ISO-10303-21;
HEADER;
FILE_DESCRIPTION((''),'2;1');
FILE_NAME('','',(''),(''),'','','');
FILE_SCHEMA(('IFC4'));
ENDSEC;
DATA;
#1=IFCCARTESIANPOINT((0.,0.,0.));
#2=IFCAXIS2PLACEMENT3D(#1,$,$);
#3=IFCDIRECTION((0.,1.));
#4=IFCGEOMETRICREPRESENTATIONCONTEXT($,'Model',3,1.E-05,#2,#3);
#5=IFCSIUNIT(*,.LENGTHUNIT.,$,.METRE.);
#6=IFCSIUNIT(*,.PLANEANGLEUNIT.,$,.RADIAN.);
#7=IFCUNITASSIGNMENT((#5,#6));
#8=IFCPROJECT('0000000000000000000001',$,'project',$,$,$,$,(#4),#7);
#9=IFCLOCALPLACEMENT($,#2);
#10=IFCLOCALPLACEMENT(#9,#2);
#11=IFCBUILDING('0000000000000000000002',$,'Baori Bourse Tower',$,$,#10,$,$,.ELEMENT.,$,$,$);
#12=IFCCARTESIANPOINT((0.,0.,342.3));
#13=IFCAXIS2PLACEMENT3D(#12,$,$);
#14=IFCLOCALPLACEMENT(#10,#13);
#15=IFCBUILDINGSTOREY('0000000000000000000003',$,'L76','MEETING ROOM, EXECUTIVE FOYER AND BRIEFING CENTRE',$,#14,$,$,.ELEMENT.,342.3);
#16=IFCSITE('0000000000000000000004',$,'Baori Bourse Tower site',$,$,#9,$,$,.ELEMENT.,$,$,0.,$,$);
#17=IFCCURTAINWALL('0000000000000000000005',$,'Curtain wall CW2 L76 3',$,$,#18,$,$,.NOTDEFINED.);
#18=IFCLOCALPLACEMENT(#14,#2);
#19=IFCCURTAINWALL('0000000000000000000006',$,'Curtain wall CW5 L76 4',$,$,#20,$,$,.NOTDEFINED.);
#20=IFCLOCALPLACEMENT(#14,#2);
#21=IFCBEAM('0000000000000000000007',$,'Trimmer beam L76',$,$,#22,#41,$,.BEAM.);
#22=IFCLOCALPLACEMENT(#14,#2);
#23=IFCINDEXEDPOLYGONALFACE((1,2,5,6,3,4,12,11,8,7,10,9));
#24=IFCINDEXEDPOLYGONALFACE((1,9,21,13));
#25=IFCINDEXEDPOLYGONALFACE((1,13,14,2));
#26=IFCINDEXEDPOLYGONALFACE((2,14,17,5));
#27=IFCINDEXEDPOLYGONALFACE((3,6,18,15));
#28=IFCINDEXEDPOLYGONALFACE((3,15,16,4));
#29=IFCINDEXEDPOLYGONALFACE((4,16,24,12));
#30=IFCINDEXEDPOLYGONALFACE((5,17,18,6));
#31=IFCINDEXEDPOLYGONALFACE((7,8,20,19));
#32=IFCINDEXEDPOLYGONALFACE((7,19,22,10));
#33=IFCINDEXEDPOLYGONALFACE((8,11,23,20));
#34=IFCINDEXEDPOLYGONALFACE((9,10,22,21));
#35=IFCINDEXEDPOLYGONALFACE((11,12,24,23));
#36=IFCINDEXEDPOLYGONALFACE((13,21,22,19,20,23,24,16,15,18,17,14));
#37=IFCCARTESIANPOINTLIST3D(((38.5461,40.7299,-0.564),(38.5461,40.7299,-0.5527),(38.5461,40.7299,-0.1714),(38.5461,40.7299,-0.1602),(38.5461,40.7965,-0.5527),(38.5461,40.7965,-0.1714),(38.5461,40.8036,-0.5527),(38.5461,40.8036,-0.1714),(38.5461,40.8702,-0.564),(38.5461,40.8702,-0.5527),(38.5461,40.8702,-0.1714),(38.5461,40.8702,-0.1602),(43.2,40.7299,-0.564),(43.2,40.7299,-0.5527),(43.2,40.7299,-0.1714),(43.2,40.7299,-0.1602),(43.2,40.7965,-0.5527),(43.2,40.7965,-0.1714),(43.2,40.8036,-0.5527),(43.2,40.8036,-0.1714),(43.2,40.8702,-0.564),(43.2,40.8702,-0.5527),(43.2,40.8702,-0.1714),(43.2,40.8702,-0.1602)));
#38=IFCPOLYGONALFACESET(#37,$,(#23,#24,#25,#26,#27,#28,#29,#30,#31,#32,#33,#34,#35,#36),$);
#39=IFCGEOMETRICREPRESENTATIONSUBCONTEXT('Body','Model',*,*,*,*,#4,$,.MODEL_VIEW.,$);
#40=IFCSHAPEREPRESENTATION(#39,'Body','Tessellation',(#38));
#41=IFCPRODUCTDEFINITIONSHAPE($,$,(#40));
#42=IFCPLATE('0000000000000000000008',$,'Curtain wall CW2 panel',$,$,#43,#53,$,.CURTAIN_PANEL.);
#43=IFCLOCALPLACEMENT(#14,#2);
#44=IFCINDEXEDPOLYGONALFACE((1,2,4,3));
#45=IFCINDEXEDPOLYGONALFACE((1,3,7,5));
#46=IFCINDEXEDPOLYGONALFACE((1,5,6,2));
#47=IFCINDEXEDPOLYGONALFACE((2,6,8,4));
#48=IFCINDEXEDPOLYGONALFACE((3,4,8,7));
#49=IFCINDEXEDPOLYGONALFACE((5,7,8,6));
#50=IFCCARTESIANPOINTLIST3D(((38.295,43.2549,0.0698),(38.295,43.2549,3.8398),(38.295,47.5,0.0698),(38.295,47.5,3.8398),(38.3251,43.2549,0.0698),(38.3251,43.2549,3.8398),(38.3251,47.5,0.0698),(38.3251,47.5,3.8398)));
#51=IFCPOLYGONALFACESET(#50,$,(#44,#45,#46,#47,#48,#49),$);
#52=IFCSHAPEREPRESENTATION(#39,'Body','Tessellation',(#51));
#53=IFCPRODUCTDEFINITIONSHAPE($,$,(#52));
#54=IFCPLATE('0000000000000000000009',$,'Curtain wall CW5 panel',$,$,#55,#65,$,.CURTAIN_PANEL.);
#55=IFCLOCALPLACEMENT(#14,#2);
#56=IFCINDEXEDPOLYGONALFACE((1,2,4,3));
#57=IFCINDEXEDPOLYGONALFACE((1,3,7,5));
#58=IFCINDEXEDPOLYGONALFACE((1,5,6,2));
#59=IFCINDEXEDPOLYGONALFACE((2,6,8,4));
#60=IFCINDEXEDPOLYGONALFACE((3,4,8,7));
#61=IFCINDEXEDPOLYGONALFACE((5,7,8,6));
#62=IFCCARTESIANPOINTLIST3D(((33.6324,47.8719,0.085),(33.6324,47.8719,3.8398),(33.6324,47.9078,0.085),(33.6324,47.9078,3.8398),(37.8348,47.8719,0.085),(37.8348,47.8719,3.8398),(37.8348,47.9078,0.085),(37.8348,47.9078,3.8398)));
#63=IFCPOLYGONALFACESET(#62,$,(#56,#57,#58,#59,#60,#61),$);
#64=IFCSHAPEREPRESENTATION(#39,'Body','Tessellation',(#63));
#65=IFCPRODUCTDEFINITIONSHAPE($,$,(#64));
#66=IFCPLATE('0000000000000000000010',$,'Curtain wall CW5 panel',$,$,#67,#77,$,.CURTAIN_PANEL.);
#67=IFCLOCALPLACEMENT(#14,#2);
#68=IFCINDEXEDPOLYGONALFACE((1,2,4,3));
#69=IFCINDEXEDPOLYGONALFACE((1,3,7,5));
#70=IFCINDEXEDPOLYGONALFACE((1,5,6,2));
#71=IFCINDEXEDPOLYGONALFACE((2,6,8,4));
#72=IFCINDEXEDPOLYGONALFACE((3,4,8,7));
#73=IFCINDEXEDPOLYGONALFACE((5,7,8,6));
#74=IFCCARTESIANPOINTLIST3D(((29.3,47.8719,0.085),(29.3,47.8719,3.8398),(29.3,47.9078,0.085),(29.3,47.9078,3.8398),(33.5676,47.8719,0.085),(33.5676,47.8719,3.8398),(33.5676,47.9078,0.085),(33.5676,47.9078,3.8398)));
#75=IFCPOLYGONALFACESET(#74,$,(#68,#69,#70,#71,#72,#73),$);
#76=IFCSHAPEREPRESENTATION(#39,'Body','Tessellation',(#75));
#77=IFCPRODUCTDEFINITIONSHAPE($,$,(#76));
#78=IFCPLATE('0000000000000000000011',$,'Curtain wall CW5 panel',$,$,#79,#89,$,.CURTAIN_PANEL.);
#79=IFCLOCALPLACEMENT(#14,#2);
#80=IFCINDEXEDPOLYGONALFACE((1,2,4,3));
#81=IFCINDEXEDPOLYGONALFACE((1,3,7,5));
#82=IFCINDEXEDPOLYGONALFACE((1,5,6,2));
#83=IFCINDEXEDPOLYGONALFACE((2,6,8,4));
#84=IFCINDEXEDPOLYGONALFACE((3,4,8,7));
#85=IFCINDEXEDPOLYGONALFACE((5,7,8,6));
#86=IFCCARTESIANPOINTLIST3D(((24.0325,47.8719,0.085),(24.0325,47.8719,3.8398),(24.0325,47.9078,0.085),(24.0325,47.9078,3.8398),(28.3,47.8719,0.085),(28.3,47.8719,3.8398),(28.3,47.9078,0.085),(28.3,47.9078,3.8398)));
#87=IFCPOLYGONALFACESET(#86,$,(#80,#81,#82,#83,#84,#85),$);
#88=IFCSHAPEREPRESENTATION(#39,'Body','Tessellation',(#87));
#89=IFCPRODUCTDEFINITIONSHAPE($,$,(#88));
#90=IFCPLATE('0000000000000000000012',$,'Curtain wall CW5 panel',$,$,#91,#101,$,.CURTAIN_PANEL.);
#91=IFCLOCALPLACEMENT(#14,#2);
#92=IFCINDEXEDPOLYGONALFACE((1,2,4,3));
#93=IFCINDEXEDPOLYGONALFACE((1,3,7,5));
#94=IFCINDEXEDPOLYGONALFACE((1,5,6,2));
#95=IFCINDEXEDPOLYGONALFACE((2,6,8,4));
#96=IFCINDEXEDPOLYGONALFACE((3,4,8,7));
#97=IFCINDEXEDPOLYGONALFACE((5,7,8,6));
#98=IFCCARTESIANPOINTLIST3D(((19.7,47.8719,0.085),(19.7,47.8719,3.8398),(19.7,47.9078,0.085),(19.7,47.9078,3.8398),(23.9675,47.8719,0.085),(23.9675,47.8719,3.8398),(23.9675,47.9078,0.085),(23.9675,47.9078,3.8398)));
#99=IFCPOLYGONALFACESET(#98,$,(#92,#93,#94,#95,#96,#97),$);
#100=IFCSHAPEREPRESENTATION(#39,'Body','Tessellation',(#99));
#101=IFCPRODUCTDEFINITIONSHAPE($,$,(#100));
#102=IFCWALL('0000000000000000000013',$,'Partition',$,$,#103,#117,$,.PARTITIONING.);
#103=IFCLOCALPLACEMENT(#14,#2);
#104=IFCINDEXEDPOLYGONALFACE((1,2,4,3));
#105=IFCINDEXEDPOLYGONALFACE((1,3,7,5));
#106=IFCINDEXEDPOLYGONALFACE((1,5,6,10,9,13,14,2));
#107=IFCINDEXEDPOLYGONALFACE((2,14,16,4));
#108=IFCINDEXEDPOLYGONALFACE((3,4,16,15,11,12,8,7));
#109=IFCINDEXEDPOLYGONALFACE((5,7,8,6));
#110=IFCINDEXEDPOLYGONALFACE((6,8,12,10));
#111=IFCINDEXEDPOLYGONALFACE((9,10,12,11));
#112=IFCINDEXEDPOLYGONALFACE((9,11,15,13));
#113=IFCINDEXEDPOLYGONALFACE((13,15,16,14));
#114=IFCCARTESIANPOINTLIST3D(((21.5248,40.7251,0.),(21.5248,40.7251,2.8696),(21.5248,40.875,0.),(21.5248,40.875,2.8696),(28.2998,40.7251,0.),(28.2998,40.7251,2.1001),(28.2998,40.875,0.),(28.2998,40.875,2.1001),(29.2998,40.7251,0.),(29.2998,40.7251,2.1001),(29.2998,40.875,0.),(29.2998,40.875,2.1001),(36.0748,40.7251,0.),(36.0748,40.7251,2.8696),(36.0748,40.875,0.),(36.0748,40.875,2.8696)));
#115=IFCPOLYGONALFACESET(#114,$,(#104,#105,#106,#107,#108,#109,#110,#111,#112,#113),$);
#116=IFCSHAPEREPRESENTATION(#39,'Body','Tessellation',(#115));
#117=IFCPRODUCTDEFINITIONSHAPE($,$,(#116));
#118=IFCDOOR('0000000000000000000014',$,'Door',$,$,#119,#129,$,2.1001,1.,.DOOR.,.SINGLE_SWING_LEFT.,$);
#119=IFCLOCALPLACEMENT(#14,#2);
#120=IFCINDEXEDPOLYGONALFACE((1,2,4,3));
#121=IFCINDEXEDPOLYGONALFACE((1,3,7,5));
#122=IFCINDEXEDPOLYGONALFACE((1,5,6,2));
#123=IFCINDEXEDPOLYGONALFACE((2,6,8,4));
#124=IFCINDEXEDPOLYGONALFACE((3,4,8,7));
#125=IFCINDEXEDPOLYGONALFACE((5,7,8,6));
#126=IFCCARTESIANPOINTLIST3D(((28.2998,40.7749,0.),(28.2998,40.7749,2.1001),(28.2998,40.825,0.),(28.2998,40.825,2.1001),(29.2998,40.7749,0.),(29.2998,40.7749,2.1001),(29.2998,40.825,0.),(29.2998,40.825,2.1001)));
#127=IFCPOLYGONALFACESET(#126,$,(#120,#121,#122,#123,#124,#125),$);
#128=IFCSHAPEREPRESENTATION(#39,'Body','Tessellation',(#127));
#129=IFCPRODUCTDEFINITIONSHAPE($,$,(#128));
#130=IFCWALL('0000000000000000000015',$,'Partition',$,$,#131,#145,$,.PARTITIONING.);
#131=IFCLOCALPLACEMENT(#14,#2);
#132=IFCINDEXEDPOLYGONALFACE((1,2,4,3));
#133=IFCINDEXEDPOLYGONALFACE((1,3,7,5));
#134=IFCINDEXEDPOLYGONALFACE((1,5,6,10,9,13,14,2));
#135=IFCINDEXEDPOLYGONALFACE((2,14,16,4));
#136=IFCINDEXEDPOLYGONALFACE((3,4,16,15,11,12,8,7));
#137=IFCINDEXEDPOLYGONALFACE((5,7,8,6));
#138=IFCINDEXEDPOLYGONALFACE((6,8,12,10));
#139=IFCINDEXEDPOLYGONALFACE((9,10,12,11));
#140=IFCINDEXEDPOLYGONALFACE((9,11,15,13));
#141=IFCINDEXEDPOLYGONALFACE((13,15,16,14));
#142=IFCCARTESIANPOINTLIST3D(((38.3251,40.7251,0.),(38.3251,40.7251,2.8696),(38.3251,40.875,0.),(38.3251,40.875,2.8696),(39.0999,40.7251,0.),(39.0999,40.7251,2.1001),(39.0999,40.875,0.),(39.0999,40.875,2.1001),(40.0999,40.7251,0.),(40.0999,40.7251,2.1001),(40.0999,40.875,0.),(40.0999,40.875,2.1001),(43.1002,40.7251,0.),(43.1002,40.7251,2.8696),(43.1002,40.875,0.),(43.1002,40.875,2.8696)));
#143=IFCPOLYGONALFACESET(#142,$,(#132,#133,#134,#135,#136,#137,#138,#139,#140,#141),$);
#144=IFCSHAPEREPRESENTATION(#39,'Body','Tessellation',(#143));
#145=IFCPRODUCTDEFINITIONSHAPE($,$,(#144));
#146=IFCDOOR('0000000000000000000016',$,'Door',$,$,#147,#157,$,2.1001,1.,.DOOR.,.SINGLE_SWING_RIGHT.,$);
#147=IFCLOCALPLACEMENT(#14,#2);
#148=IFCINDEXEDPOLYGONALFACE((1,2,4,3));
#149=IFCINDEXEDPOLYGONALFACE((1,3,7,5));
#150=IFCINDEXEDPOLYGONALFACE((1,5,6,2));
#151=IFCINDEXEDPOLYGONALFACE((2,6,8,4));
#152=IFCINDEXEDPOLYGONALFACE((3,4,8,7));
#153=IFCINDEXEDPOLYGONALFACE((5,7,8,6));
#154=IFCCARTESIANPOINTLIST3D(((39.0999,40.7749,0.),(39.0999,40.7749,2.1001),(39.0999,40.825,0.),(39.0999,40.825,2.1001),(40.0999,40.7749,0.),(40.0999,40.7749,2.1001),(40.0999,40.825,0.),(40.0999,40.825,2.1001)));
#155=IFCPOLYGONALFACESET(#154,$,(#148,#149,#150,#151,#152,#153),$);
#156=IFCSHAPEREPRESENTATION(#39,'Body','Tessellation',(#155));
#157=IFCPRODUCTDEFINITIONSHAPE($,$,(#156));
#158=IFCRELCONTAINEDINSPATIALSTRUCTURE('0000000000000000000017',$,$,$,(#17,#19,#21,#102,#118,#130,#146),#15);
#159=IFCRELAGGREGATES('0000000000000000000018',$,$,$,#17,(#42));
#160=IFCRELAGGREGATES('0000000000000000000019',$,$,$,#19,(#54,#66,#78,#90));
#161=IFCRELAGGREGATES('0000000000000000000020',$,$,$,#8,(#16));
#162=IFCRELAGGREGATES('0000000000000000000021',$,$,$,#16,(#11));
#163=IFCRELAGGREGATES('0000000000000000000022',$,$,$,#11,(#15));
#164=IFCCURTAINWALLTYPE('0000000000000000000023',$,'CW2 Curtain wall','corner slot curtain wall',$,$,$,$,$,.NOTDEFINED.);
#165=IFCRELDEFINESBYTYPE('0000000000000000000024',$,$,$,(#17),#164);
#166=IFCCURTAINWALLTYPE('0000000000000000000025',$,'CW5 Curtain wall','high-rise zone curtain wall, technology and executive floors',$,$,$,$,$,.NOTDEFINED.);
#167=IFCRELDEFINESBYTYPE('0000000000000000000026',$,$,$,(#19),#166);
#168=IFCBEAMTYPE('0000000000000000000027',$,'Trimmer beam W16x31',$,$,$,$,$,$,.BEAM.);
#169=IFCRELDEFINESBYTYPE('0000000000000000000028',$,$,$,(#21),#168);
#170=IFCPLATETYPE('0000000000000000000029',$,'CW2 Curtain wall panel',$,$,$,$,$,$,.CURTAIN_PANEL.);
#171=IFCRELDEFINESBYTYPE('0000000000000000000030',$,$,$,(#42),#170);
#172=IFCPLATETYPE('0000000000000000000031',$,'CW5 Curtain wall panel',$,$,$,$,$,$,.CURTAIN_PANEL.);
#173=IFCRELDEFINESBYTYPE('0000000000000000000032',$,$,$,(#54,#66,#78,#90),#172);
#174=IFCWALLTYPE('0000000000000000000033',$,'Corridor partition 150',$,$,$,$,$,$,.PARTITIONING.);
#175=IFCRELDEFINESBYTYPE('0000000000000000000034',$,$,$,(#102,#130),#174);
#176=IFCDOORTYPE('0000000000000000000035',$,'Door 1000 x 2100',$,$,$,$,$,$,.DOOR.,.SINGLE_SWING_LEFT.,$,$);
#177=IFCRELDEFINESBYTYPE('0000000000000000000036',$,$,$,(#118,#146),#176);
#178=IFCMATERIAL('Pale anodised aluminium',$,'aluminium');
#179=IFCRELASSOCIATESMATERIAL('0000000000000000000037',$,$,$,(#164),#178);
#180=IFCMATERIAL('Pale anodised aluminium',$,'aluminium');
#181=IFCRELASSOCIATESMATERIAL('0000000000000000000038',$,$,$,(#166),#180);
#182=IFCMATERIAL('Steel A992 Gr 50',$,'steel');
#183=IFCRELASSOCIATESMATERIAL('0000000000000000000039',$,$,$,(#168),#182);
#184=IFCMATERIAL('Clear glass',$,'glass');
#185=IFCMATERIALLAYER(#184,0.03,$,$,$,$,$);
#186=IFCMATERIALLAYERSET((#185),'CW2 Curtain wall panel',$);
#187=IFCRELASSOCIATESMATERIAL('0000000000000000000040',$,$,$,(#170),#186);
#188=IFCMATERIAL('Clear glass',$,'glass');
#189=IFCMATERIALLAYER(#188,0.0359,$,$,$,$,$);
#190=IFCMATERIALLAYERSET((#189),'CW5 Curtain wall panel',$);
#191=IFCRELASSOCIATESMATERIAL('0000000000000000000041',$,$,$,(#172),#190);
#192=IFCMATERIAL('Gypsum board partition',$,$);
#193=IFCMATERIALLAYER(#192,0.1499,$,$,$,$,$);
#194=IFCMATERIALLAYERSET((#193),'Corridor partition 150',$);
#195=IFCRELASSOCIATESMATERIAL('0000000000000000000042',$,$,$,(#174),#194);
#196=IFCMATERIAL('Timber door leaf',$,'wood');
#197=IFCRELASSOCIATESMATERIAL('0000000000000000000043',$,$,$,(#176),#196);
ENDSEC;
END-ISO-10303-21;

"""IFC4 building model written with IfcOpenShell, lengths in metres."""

from ifc_helpers import new_model, si_unit, direction, frame, frame_2d, origin, origin_2d, place, context, subcontext, project, spatial, rectangle, i_section, extrude, material, layer, layer_set, material_profile, profile_set, type_object, element, fill, aggregate, save


model = new_model("IFC4")

# Units and contexts
model_context = context("Model", 3, precision=1e-05, world=origin(), true_north=direction((0.0, 1.0)))
body_context = subcontext(model_context, "Body", "Model", "MODEL_VIEW")
ifc_project = project(units=[si_unit("LENGTHUNIT", "METRE"), si_unit("PLANEANGLEUNIT", "RADIAN")], contexts=[model_context])

# Site, building, storey
site_placement = place(None, origin())
site = spatial("IfcSite", under=ifc_project, at=site_placement, Name="Baori Bourse Tower site", CompositionType="ELEMENT", RefElevation=0.0)
building_placement = place(site_placement, origin())
building = spatial("IfcBuilding", under=site, at=building_placement, Name="Baori Bourse Tower", CompositionType="ELEMENT")
storey_placement = place(building_placement, frame((0.0, 0.0, 342.3)))
storey = spatial("IfcBuildingStorey", under=building, at=storey_placement, Name="L76", Description="MEETING ROOM, EXECUTIVE FOYER AND BRIEFING CENTRE", CompositionType="ELEMENT", Elevation=342.3)

# Curtain walls
ifc_material_1 = material(Name="Pale anodised aluminium", Category="aluminium")
curtain_wall_type_1 = type_object("IfcCurtainWallType", Name="CW2 Curtain wall", Description="corner slot curtain wall", PredefinedType="NOTDEFINED", material=ifc_material_1)
curtain_wall_1_placement = place(storey_placement, origin())
curtain_wall_1 = element("IfcCurtainWall", 1, at=curtain_wall_1_placement, inside=storey, type_object=curtain_wall_type_1, Name="Curtain wall CW2 L76 3", PredefinedType="NOTDEFINED")
ifc_material_2 = material(Name="Pale anodised aluminium", Category="aluminium")
curtain_wall_type_2 = type_object("IfcCurtainWallType", Name="CW5 Curtain wall", Description="high-rise zone curtain wall, technology and executive floors", PredefinedType="NOTDEFINED", material=ifc_material_2)
curtain_wall_2_placement = place(storey_placement, origin())
curtain_wall_2 = element("IfcCurtainWall", 2, at=curtain_wall_2_placement, inside=storey, type_object=curtain_wall_type_2, Name="Curtain wall CW5 L76 4", PredefinedType="NOTDEFINED")

# Beam
ifc_material_3 = material(Name="Steel A992 Gr 50", Category="steel")
ifc_material_profile_1 = material_profile(ifc_material_3, i_section(OverallWidth=0.1404, OverallDepth=0.4038, WebThickness=0.0071, FlangeThickness=0.0112, at=origin_2d()), Name="W16x31")
ifc_profile_set_1 = profile_set([ifc_material_profile_1], Name="Steel A992 Gr 50")
beam_type_1 = type_object("IfcBeamType", Name="Trimmer beam W16x31", PredefinedType="BEAM", material=ifc_profile_set_1)
beam_1_placement = place(storey_placement, frame((38.5461, 40.8, -0.3621), z_axis=(1.0, 0.0, 0.0), x_axis=(0.0, 1.0, 0.0)))
element("IfcBeam", 3, at=beam_1_placement, inside=storey, type_object=beam_type_1, Name="Trimmer beam L76", PredefinedType="BEAM", context=body_context, shape_type="SweptSolid", body=[
    extrude(i_section(OverallWidth=0.1404, OverallDepth=0.4038, WebThickness=0.0071, FlangeThickness=0.0112, at=origin_2d()), origin(), (0.0, 0.0, 1.0), 4.6538),
])

# Plates
ifc_material_4 = material(Name="Clear glass", Category="glass")
ifc_layer_1 = layer(ifc_material_4, 0.03)
ifc_layer_set_1 = layer_set([ifc_layer_1], Name="CW2 Curtain wall panel")
plate_type_1 = type_object("IfcPlateType", Name="CW2 Curtain wall panel", PredefinedType="CURTAIN_PANEL", material=ifc_layer_set_1)
plate_1_placement = place(storey_placement, frame((38.3101, 45.3774, 0.0698), z_axis=(0.0, 0.0, 1.0), x_axis=(0.0, 1.0, 0.0)))
plate_1 = element("IfcPlate", 4, at=plate_1_placement, type_object=plate_type_1, Name="Curtain wall CW2 panel", PredefinedType="CURTAIN_PANEL", context=body_context, shape_type="SweptSolid", body=[
    extrude(rectangle(XDim=4.2451, YDim=0.03, at=origin_2d()), origin(), (0.0, 0.0, 1.0), 3.77),
])
aggregate(curtain_wall_1, [plate_1])
ifc_material_5 = material(Name="Clear glass", Category="glass")
ifc_layer_2 = layer(ifc_material_5, 0.0359)
ifc_layer_set_2 = layer_set([ifc_layer_2], Name="CW5 Curtain wall panel")
plate_type_2 = type_object("IfcPlateType", Name="CW5 Curtain wall panel", PredefinedType="CURTAIN_PANEL", material=ifc_layer_set_2)
plate_2_placement = place(storey_placement, frame((35.7336, 47.8899, 0.085), z_axis=(0.0, 0.0, 1.0), x_axis=(-1.0, 0.0, 0.0)))
plate_2 = element("IfcPlate", 5, at=plate_2_placement, type_object=plate_type_2, Name="Curtain wall CW5 panel", PredefinedType="CURTAIN_PANEL", context=body_context, shape_type="SweptSolid", body=[
    extrude(rectangle(XDim=4.2024, YDim=0.0359, at=origin_2d()), origin(), (0.0, 0.0, 1.0), 3.7549),
])
plate_3_placement = place(storey_placement, frame((31.4338, 47.8899, 0.085), z_axis=(0.0, 0.0, 1.0), x_axis=(-1.0, 0.0, 0.0)))
plate_3 = element("IfcPlate", 6, at=plate_3_placement, type_object=plate_type_2, Name="Curtain wall CW5 panel", PredefinedType="CURTAIN_PANEL", context=body_context, shape_type="SweptSolid", body=[
    extrude(rectangle(XDim=4.2676, YDim=0.0359, at=origin_2d()), origin(), (0.0, 0.0, 1.0), 3.7549),
])
plate_4_placement = place(storey_placement, frame((26.1663, 47.8899, 0.085), z_axis=(0.0, 0.0, 1.0), x_axis=(-1.0, 0.0, 0.0)))
plate_4 = element("IfcPlate", 7, at=plate_4_placement, type_object=plate_type_2, Name="Curtain wall CW5 panel", PredefinedType="CURTAIN_PANEL", context=body_context, shape_type="SweptSolid", body=[
    extrude(rectangle(XDim=4.2676, YDim=0.0359, at=origin_2d()), origin(), (0.0, 0.0, 1.0), 3.7549),
])
plate_5_placement = place(storey_placement, frame((21.8337, 47.8899, 0.085), z_axis=(0.0, 0.0, 1.0), x_axis=(-1.0, 0.0, 0.0)))
plate_5 = element("IfcPlate", 8, at=plate_5_placement, type_object=plate_type_2, Name="Curtain wall CW5 panel", PredefinedType="CURTAIN_PANEL", context=body_context, shape_type="SweptSolid", body=[
    extrude(rectangle(XDim=4.2676, YDim=0.0359, at=origin_2d()), origin(), (0.0, 0.0, 1.0), 3.7549),
])
aggregate(curtain_wall_2, [plate_2, plate_3, plate_4, plate_5])

# Walls, openings, doors
ifc_material_6 = material(Name="Gypsum board partition")
ifc_layer_3 = layer(ifc_material_6, 0.1499)
ifc_layer_set_3 = layer_set([ifc_layer_3], Name="Corridor partition 150")
wall_type_1 = type_object("IfcWallType", Name="Corridor partition 150", PredefinedType="PARTITIONING", material=ifc_layer_set_3)
wall_1_placement = place(storey_placement, frame((21.5249, 40.8, 0.0), z_axis=(0.0, 0.0, 1.0), x_axis=(1.0, 0.0, 0.0)))
wall_1 = element("IfcWall", 9, at=wall_1_placement, inside=storey, type_object=wall_type_1, Name="Partition", PredefinedType="PARTITIONING", context=body_context, shape_type="SweptSolid", body=[
    extrude(rectangle(XDim=14.55, YDim=0.1499, at=frame_2d((7.2749, 0.0))), origin(), (0.0, 0.0, 1.0), 2.8696),
])
opening_1_placement = place(wall_1_placement, frame((6.7749, 0.0, 0.0)))
opening_1 = element("IfcOpeningElement", 10, at=opening_1_placement, cuts=wall_1, PredefinedType="OPENING", context=body_context, shape_type="SweptSolid", body=[
    extrude(rectangle(XDim=1.0, YDim=2.1001, at=frame_2d((0.5, 1.05))), frame((0.0, 0.085, 0.0), z_axis=(0.0, -1.0, 0.0), x_axis=(1.0, 0.0, 0.0)), (0.0, 0.0, 1.0), 0.1699),
])
ifc_material_7 = material(Name="Timber door leaf", Category="wood")
door_type = type_object("IfcDoorType", Name="Door 1000 x 2100", OperationType="SINGLE_SWING_LEFT", PredefinedType="DOOR", material=ifc_material_7)
door_1_placement = place(opening_1_placement, origin())
door_1 = element("IfcDoor", 11, at=door_1_placement, inside=storey, type_object=door_type, Name="Door", OperationType="SINGLE_SWING_LEFT", OverallHeight=2.1001, OverallWidth=1.0, PredefinedType="DOOR", context=body_context, shape_type="SweptSolid", body=[
    extrude(rectangle(XDim=1.0, YDim=2.1001, at=frame_2d((0.5, 1.05))), frame((0.0, 0.0249, 0.0), z_axis=(0.0, -1.0, 0.0), x_axis=(1.0, 0.0, 0.0)), (0.0, 0.0, 1.0), 0.05),
])
fill(opening_1, door_1)
wall_2_placement = place(storey_placement, frame((38.325, 40.8, 0.0), z_axis=(0.0, 0.0, 1.0), x_axis=(1.0, 0.0, 0.0)))
wall_2 = element("IfcWall", 12, at=wall_2_placement, inside=storey, type_object=wall_type_1, Name="Partition", PredefinedType="PARTITIONING", context=body_context, shape_type="SweptSolid", body=[
    extrude(rectangle(XDim=4.7751, YDim=0.1499, at=frame_2d((2.3877, 0.0))), origin(), (0.0, 0.0, 1.0), 2.8696),
])
opening_2_placement = place(wall_2_placement, frame((0.7749, 0.0, 0.0)))
opening_2 = element("IfcOpeningElement", 13, at=opening_2_placement, cuts=wall_2, PredefinedType="OPENING", context=body_context, shape_type="SweptSolid", body=[
    extrude(rectangle(XDim=1.0, YDim=2.1001, at=frame_2d((0.5, 1.05))), frame((0.0, 0.085, 0.0), z_axis=(0.0, -1.0, 0.0), x_axis=(1.0, 0.0, 0.0)), (0.0, 0.0, 1.0), 0.1699),
])
door_2_placement = place(opening_2_placement, origin())
door_2 = element("IfcDoor", 14, at=door_2_placement, inside=storey, type_object=door_type, Name="Door", OperationType="SINGLE_SWING_RIGHT", OverallHeight=2.1001, OverallWidth=1.0, PredefinedType="DOOR", context=body_context, shape_type="SweptSolid", body=[
    extrude(rectangle(XDim=1.0, YDim=2.1001, at=frame_2d((0.5, 1.05))), frame((0.0, 0.0249, 0.0), z_axis=(0.0, -1.0, 0.0), x_axis=(1.0, 0.0, 0.0)), (0.0, 0.0, 1.0), 0.05),
])
fill(opening_2, door_2)

save(model, "model.ifc")
